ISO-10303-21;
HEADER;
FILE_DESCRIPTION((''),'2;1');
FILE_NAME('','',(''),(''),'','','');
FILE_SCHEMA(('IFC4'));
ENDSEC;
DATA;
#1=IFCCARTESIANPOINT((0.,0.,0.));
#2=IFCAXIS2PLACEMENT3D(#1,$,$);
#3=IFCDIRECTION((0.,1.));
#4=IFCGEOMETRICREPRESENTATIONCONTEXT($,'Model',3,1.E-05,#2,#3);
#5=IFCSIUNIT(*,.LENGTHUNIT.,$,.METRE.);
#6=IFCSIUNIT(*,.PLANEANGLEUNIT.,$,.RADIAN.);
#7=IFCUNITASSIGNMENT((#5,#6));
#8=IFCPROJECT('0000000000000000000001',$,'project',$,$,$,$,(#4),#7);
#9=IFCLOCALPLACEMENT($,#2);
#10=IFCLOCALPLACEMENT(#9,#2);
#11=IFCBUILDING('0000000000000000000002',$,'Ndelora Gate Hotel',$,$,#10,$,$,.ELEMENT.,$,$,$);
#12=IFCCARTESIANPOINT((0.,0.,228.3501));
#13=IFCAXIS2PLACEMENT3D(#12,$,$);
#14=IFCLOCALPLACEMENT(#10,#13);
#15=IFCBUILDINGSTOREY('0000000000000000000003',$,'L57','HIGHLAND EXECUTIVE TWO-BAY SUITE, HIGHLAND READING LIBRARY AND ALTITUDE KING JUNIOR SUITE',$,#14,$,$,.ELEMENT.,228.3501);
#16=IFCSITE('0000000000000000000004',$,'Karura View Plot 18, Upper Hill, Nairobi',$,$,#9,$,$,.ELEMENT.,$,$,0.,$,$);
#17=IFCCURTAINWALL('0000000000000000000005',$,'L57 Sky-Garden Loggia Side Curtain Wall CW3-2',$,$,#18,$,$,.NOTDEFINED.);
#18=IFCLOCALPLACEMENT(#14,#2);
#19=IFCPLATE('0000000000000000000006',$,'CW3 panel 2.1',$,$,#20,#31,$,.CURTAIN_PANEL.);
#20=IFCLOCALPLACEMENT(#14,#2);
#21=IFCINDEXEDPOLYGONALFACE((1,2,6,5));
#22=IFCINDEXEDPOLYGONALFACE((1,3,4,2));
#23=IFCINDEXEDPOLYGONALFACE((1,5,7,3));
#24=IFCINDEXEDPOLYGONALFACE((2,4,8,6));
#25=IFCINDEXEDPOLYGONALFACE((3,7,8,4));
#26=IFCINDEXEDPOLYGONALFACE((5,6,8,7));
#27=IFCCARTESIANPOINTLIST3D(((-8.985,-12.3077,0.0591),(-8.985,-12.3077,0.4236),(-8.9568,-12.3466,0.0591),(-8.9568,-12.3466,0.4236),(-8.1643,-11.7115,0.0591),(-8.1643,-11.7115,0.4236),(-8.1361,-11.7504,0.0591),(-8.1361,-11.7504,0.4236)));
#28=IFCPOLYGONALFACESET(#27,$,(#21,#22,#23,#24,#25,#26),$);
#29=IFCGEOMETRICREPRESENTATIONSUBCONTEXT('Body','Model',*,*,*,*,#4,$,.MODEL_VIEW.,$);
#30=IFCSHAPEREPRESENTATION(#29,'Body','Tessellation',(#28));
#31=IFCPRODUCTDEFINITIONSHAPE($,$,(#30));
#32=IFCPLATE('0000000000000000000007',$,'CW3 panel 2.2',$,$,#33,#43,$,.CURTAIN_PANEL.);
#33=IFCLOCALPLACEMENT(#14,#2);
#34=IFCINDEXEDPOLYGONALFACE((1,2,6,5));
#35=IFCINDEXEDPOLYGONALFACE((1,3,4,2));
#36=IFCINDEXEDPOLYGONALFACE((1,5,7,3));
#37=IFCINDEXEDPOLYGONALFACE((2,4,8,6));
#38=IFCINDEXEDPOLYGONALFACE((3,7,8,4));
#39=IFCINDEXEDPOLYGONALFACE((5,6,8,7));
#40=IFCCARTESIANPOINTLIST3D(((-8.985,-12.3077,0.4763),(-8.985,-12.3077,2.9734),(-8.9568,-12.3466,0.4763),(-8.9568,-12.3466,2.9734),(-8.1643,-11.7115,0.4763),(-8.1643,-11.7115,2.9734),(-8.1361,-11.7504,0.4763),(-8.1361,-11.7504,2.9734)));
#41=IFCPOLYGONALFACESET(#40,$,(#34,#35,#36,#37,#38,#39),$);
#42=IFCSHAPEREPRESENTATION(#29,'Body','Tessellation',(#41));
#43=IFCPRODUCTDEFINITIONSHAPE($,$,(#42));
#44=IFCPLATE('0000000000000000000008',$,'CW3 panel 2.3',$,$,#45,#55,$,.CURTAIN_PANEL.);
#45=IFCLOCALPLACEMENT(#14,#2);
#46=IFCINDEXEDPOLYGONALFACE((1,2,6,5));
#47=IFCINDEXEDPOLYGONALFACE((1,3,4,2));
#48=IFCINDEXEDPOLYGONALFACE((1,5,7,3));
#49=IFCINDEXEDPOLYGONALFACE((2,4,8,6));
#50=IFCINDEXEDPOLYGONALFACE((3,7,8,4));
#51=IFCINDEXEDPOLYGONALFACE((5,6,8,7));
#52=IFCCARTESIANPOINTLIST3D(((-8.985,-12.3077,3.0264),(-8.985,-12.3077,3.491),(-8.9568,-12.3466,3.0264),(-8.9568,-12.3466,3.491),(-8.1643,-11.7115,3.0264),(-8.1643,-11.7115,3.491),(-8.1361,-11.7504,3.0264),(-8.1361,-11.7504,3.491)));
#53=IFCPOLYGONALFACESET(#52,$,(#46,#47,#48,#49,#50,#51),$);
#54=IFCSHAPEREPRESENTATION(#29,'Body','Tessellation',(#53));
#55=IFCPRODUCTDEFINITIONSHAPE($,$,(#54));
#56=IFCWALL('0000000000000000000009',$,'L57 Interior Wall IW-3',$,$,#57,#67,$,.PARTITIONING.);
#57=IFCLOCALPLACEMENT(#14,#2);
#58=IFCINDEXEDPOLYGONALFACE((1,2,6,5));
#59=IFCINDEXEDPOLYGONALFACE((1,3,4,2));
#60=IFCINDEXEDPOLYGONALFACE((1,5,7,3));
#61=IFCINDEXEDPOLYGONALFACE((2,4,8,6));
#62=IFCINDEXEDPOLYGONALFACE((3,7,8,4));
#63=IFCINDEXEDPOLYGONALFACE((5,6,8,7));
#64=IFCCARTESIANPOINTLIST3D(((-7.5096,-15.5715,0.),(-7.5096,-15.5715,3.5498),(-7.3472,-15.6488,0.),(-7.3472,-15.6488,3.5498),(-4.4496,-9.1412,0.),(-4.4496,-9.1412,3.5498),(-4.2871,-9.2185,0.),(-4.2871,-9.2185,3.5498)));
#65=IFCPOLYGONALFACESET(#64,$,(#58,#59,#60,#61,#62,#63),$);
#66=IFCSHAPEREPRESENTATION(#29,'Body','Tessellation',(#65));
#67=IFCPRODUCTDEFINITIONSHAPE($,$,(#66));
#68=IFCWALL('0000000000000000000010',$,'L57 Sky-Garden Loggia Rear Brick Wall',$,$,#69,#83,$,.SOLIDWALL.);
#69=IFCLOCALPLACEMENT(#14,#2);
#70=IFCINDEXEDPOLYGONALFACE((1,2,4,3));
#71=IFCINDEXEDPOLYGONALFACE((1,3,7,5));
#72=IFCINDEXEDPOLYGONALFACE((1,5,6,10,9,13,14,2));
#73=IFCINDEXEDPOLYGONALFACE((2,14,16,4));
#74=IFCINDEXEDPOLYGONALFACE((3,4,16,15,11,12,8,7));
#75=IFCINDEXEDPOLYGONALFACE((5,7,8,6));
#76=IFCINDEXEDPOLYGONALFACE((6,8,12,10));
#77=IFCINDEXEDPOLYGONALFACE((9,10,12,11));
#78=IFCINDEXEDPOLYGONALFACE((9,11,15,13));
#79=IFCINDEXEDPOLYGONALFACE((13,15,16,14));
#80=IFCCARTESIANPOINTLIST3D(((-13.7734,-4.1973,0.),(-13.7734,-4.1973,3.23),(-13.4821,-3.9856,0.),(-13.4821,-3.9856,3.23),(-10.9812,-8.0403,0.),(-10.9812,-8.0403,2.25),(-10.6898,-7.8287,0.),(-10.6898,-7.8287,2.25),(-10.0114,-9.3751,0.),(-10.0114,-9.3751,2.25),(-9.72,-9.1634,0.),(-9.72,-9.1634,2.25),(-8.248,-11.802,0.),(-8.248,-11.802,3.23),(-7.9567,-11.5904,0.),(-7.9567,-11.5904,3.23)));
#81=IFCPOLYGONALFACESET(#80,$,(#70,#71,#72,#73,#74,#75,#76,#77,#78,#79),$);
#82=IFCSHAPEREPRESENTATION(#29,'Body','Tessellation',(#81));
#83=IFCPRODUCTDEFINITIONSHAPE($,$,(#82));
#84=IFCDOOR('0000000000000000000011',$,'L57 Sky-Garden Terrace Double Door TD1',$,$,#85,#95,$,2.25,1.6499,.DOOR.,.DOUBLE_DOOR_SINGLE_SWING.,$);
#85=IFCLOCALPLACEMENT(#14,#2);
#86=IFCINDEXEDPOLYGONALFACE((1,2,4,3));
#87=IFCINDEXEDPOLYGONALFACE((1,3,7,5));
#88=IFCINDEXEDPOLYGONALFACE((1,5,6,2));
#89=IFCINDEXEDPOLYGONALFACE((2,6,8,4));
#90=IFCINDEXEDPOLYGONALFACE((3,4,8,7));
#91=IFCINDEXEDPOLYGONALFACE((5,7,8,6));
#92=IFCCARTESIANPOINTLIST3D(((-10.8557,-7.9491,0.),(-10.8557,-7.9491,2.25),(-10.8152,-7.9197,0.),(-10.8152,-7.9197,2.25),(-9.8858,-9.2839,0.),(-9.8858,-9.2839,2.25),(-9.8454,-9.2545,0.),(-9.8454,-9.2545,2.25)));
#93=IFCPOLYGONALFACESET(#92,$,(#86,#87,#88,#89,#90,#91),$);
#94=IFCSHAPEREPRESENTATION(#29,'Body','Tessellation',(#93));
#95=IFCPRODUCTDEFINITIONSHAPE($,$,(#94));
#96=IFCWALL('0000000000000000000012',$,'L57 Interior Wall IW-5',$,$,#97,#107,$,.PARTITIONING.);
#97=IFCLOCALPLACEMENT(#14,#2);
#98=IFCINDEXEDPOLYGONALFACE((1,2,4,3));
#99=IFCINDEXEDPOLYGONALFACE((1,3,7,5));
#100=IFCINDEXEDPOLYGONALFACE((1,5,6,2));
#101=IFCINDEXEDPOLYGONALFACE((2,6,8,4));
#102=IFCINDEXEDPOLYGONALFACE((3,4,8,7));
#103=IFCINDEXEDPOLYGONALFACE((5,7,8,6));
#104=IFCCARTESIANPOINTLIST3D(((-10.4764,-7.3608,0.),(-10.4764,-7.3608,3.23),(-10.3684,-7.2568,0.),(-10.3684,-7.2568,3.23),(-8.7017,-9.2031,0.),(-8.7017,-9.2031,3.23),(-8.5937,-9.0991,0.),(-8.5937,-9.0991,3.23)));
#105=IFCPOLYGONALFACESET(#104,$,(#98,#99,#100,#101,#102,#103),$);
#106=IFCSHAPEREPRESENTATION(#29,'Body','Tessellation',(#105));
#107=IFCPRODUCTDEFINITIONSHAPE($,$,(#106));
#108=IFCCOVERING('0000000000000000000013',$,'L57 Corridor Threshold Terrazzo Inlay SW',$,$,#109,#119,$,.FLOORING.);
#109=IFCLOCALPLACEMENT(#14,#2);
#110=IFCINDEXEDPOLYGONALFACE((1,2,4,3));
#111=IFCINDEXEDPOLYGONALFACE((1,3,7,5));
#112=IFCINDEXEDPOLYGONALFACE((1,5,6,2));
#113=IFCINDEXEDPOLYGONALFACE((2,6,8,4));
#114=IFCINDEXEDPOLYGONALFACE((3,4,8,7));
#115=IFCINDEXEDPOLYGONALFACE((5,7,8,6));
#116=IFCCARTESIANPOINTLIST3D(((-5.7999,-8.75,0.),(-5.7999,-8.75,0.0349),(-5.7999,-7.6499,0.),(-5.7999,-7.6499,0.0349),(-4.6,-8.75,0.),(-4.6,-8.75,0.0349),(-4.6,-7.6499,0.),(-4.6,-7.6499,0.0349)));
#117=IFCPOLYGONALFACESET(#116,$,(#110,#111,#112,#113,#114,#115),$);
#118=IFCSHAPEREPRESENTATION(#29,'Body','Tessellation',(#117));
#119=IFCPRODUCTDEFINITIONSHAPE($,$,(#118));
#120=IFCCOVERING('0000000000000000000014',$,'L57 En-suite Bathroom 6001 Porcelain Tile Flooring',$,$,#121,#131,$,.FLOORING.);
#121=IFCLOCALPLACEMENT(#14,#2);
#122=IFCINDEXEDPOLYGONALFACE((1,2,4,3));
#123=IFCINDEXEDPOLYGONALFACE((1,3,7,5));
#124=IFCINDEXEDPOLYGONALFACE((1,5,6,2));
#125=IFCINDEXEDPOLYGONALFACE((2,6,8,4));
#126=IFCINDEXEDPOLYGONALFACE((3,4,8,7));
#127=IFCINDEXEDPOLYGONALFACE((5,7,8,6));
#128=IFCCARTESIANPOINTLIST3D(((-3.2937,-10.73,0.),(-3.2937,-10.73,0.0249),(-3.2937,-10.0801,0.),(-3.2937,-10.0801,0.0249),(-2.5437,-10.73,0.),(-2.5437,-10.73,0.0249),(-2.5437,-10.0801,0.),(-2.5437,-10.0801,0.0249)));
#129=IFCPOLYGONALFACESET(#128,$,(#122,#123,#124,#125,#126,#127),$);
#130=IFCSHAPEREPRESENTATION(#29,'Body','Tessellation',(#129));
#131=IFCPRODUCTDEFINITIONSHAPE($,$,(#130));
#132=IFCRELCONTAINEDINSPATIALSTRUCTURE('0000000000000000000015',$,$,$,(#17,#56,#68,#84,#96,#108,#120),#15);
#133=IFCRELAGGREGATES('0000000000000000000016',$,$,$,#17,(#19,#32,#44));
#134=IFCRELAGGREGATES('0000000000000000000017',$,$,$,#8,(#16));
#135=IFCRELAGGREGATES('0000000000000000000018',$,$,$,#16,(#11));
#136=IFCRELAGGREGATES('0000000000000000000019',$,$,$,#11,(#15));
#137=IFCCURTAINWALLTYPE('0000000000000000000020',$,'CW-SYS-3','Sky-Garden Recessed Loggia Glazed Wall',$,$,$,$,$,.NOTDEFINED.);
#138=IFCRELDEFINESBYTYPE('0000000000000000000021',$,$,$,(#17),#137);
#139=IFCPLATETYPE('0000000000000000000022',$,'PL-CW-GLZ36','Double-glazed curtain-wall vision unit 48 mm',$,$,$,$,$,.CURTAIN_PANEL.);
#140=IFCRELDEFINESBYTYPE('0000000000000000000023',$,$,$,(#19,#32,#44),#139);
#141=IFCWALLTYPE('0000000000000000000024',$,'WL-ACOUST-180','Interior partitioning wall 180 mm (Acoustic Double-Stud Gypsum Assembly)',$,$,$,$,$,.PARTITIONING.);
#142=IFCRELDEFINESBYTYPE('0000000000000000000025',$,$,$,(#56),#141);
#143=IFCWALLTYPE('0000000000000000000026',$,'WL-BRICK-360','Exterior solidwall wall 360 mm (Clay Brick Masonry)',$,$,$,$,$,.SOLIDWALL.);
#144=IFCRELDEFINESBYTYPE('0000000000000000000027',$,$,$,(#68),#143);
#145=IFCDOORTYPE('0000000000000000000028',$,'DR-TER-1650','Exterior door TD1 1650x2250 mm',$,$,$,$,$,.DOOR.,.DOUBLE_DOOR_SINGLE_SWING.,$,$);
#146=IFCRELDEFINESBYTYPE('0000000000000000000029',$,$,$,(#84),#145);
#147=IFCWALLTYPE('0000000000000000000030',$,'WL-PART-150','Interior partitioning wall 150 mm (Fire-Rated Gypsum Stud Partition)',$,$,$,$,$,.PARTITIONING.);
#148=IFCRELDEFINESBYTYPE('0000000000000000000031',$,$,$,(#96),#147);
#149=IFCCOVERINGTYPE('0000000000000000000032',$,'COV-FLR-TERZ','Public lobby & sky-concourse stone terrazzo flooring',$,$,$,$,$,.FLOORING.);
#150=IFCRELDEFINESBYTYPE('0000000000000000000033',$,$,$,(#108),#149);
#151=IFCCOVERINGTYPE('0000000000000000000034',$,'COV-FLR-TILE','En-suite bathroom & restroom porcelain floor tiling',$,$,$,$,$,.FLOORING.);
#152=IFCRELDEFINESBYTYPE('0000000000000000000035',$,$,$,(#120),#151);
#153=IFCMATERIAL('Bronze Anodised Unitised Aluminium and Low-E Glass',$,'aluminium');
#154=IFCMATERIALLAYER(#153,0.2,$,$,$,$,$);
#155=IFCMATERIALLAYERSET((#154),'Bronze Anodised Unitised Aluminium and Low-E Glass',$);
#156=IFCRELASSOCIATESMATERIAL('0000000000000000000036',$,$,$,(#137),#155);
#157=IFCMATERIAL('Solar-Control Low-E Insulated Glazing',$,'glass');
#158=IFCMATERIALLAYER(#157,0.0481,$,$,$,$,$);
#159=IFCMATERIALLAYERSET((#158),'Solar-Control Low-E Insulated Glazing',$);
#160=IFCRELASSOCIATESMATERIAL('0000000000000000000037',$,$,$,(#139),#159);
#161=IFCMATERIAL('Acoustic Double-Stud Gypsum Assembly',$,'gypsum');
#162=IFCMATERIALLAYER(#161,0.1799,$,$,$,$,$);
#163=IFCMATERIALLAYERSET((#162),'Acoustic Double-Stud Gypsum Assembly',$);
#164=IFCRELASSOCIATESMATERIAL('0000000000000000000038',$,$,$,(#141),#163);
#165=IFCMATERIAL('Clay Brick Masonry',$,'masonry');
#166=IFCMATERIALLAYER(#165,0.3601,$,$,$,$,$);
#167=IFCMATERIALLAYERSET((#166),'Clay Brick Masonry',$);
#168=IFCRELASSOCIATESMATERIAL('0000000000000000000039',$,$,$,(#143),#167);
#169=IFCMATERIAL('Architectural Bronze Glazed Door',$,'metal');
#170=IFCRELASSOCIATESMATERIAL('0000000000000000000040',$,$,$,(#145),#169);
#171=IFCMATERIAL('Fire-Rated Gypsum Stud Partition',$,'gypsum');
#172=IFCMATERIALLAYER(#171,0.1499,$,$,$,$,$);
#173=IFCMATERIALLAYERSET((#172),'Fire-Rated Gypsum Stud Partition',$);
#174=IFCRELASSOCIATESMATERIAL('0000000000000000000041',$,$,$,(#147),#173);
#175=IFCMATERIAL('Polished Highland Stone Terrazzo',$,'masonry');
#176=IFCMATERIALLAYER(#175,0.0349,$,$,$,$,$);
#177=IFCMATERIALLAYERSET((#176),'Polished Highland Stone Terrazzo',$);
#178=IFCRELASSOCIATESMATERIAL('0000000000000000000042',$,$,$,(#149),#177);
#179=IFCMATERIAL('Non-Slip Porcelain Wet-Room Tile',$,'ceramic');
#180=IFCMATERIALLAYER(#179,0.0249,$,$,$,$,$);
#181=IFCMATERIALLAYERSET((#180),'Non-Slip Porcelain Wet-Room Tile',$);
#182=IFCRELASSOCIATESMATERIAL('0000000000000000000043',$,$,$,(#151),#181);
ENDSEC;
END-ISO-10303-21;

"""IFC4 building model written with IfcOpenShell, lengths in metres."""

from ifc_helpers import new_model, si_unit, direction, frame, frame_2d, origin, origin_2d, place, context, subcontext, project, spatial, rectangle, extrude, material, layer, layer_set, type_object, element, fill, aggregate, save


model = new_model("IFC4")

# Units and contexts
model_context = context("Model", 3, precision=1e-05, world=origin(), true_north=direction((0.0, 1.0)))
body_context = subcontext(model_context, "Body", "Model", "MODEL_VIEW")
ifc_project = project(units=[si_unit("LENGTHUNIT", "METRE"), si_unit("PLANEANGLEUNIT", "RADIAN")], contexts=[model_context])

# Site, building, storey
site_placement = place(None, origin())
site = spatial("IfcSite", under=ifc_project, at=site_placement, Name="Karura View Plot 18, Upper Hill, Nairobi", CompositionType="ELEMENT", RefElevation=0.0)
building_placement = place(site_placement, origin())
building = spatial("IfcBuilding", under=site, at=building_placement, Name="Ndelora Gate Hotel", CompositionType="ELEMENT")
storey_placement = place(building_placement, frame((0.0, 0.0, 228.3501)))
storey = spatial("IfcBuildingStorey", under=building, at=storey_placement, Name="L57", Description="HIGHLAND EXECUTIVE TWO-BAY SUITE, HIGHLAND READING LIBRARY AND ALTITUDE KING JUNIOR SUITE", CompositionType="ELEMENT", Elevation=228.3501)

# Curtain wall, plates
ifc_material_1 = material(Name="Bronze Anodised Unitised Aluminium and Low-E Glass", Category="aluminium")
ifc_layer_1 = layer(ifc_material_1, 0.2)
ifc_layer_set_1 = layer_set([ifc_layer_1], Name="Bronze Anodised Unitised Aluminium and Low-E Glass")
curtain_wall_type = type_object("IfcCurtainWallType", Name="CW-SYS-3", Description="Sky-Garden Recessed Loggia Glazed Wall", PredefinedType="NOTDEFINED", material=ifc_layer_set_1)
curtain_wall_placement = place(storey_placement, origin())
curtain_wall = element("IfcCurtainWall", 1, at=curtain_wall_placement, inside=storey, type_object=curtain_wall_type, Name="L57 Sky-Garden Loggia Side Curtain Wall CW3-2", PredefinedType="NOTDEFINED")
ifc_material_2 = material(Name="Solar-Control Low-E Insulated Glazing", Category="glass")
ifc_layer_2 = layer(ifc_material_2, 0.0481)
ifc_layer_set_2 = layer_set([ifc_layer_2], Name="Solar-Control Low-E Insulated Glazing")
plate_type = type_object("IfcPlateType", Name="PL-CW-GLZ36", Description="Double-glazed curtain-wall vision unit 48 mm", PredefinedType="CURTAIN_PANEL", material=ifc_layer_set_2)
plate_1_placement = place(storey_placement, frame((-8.5605, -12.0291, 0.0591), z_axis=(0.0, 0.0, 1.0), x_axis=(0.809033, 0.587764, 0.0)))
plate_1 = element("IfcPlate", 2, at=plate_1_placement, type_object=plate_type, Name="CW3 panel 2.1", PredefinedType="CURTAIN_PANEL", context=body_context, shape_type="SweptSolid", body=[
    extrude(rectangle(XDim=1.0144, YDim=0.0481, at=origin_2d()), origin(), (0.0, 0.0, 1.0), 0.3645),
])
plate_2_placement = place(storey_placement, frame((-8.5605, -12.0291, 0.4763), z_axis=(0.0, 0.0, 1.0), x_axis=(0.809033, 0.587764, 0.0)))
plate_2 = element("IfcPlate", 3, at=plate_2_placement, type_object=plate_type, Name="CW3 panel 2.2", PredefinedType="CURTAIN_PANEL", context=body_context, shape_type="SweptSolid", body=[
    extrude(rectangle(XDim=1.0144, YDim=0.0481, at=origin_2d()), origin(), (0.0, 0.0, 1.0), 2.4971),
])
plate_3_placement = place(storey_placement, frame((-8.5605, -12.0291, 3.0264), z_axis=(0.0, 0.0, 1.0), x_axis=(0.809033, 0.587764, 0.0)))
plate_3 = element("IfcPlate", 4, at=plate_3_placement, type_object=plate_type, Name="CW3 panel 2.3", PredefinedType="CURTAIN_PANEL", context=body_context, shape_type="SweptSolid", body=[
    extrude(rectangle(XDim=1.0144, YDim=0.0481, at=origin_2d()), origin(), (0.0, 0.0, 1.0), 0.4646),
])
aggregate(curtain_wall, [plate_1, plate_2, plate_3])

# Wall
ifc_material_3 = material(Name="Acoustic Double-Stud Gypsum Assembly", Category="gypsum")
ifc_layer_3 = layer(ifc_material_3, 0.1799)
ifc_layer_set_3 = layer_set([ifc_layer_3], Name="Acoustic Double-Stud Gypsum Assembly")
wall_type_1 = type_object("IfcWallType", Name="WL-ACOUST-180", Description="Interior partitioning wall 180 mm (Acoustic Double-Stud Gypsum Assembly)", PredefinedType="PARTITIONING", material=ifc_layer_set_3)
wall_1_placement = place(storey_placement, frame((-4.3684, -9.1799, 0.0), z_axis=(0.0, 0.0, 1.0), x_axis=(-0.429699, -0.902972, 0.0)))
element("IfcWall", 5, at=wall_1_placement, inside=storey, type_object=wall_type_1, Name="L57 Interior Wall IW-3", PredefinedType="PARTITIONING", context=body_context, shape_type="SweptSolid", body=[
    extrude(rectangle(XDim=7.1213, YDim=0.1799, at=frame_2d((3.5605, 0.0))), origin(), (0.0, 0.0, 1.0), 3.5498),
])

# Wall, opening, door
ifc_material_4 = material(Name="Clay Brick Masonry", Category="masonry")
ifc_layer_4 = layer(ifc_material_4, 0.3601)
ifc_layer_set_4 = layer_set([ifc_layer_4], Name="Clay Brick Masonry")
wall_type_2 = type_object("IfcWallType", Name="WL-BRICK-360", Description="Exterior solidwall wall 360 mm (Clay Brick Masonry)", PredefinedType="SOLIDWALL", material=ifc_layer_set_4)
wall_2_placement = place(storey_placement, frame((-8.1023, -11.6963, 0.0), z_axis=(0.0, 0.0, 1.0), x_axis=(-0.587801, 0.809006, 0.0)))
wall_2 = element("IfcWall", 6, at=wall_2_placement, inside=storey, type_object=wall_type_2, Name="L57 Sky-Garden Loggia Rear Brick Wall", PredefinedType="SOLIDWALL", context=body_context, shape_type="SweptSolid", body=[
    extrude(rectangle(XDim=9.4001, YDim=0.3601, at=frame_2d((4.7002, 0.0))), origin(), (0.0, 0.0, 1.0), 3.23),
])
opening_1_placement = place(wall_2_placement, frame((3.0, 0.0, 0.0)))
opening_1 = element("IfcOpeningElement", 7, at=opening_1_placement, cuts=wall_2, PredefinedType="OPENING", context=body_context, shape_type="SweptSolid", body=[
    extrude(rectangle(XDim=1.6499, YDim=2.25, at=frame_2d((0.825, 1.125))), frame((0.0, 0.1899, 0.0), z_axis=(0.0, -1.0, 0.0), x_axis=(1.0, 0.0, 0.0)), (0.0, 0.0, 1.0), 0.3801),
])
ifc_material_5 = material(Name="Architectural Bronze Glazed Door", Category="metal")
door_type_1 = type_object("IfcDoorType", Name="DR-TER-1650", Description="Exterior door TD1 1650x2250 mm", OperationType="DOUBLE_DOOR_SINGLE_SWING", PredefinedType="DOOR", material=ifc_material_5)
door_1_placement = place(opening_1_placement, origin())
door_1 = element("IfcDoor", 8, at=door_1_placement, inside=storey, type_object=door_type_1, Name="L57 Sky-Garden Terrace Double Door TD1", OperationType="DOUBLE_DOOR_SINGLE_SWING", OverallHeight=2.25, OverallWidth=1.6499, PredefinedType="DOOR", context=body_context, shape_type="SweptSolid", body=[
    extrude(rectangle(XDim=1.6499, YDim=2.25, at=frame_2d((0.825, 1.125))), frame((0.0, 0.0249, 0.0), z_axis=(0.0, -1.0, 0.0), x_axis=(1.0, 0.0, 0.0)), (0.0, 0.0, 1.0), 0.05),
])
fill(opening_1, door_1)

# Shared definitions
ifc_material_6 = material(Name="Fire-Rated Gypsum Stud Partition", Category="gypsum")
ifc_layer_5 = layer(ifc_material_6, 0.1499)
ifc_layer_set_5 = layer_set([ifc_layer_5], Name="Fire-Rated Gypsum Stud Partition")
wall_type_3 = type_object("IfcWallType", Name="WL-PART-150", Description="Interior partitioning wall 150 mm (Fire-Rated Gypsum Stud Partition)", PredefinedType="PARTITIONING", material=ifc_layer_set_5)

# Wall
wall_3_placement = place(storey_placement, frame((-8.6477, -9.1511, 0.0), z_axis=(0.0, 0.0, 1.0), x_axis=(-0.693765, 0.720202, 0.0)))
element("IfcWall", 9, at=wall_3_placement, inside=storey, type_object=wall_type_3, Name="L57 Interior Wall IW-5", PredefinedType="PARTITIONING", context=body_context, shape_type="SweptSolid", body=[
    extrude(rectangle(XDim=2.5581, YDim=0.1499, at=frame_2d((1.2791, 0.0))), origin(), (0.0, 0.0, 1.0), 3.23),
])

# Coverings
ifc_material_7 = material(Name="Polished Highland Stone Terrazzo", Category="masonry")
ifc_layer_6 = layer(ifc_material_7, 0.0349)
ifc_layer_set_6 = layer_set([ifc_layer_6], Name="Polished Highland Stone Terrazzo")
covering_type_1 = type_object("IfcCoveringType", Name="COV-FLR-TERZ", Description="Public lobby & sky-concourse stone terrazzo flooring", PredefinedType="FLOORING", material=ifc_layer_set_6)
covering_1_placement = place(storey_placement, frame((-5.2, -8.2, 0.0), z_axis=(0.0, 0.0, 1.0), x_axis=(1.0, 0.0, 0.0)))
element("IfcCovering", 10, at=covering_1_placement, inside=storey, type_object=covering_type_1, Name="L57 Corridor Threshold Terrazzo Inlay SW", PredefinedType="FLOORING", context=body_context, shape_type="SweptSolid", body=[
    extrude(rectangle(XDim=1.2, YDim=1.1001, at=origin_2d()), origin(), (0.0, 0.0, 1.0), 0.0349),
])
ifc_material_8 = material(Name="Non-Slip Porcelain Wet-Room Tile", Category="ceramic")
ifc_layer_7 = layer(ifc_material_8, 0.0249)
ifc_layer_set_7 = layer_set([ifc_layer_7], Name="Non-Slip Porcelain Wet-Room Tile")
covering_type_2 = type_object("IfcCoveringType", Name="COV-FLR-TILE", Description="En-suite bathroom & restroom porcelain floor tiling", PredefinedType="FLOORING", material=ifc_layer_set_7)
covering_2_placement = place(storey_placement, frame((-2.9187, -10.405, 0.0), z_axis=(0.0, 0.0, 1.0), x_axis=(1.0, 0.0, 0.0)))
element("IfcCovering", 11, at=covering_2_placement, inside=storey, type_object=covering_type_2, Name="L57 En-suite Bathroom 6001 Porcelain Tile Flooring", PredefinedType="FLOORING", context=body_context, shape_type="SweptSolid", body=[
    extrude(rectangle(XDim=0.75, YDim=0.6499, at=origin_2d()), origin(), (0.0, 0.0, 1.0), 0.0249),
])

save(model, "model.ifc")
